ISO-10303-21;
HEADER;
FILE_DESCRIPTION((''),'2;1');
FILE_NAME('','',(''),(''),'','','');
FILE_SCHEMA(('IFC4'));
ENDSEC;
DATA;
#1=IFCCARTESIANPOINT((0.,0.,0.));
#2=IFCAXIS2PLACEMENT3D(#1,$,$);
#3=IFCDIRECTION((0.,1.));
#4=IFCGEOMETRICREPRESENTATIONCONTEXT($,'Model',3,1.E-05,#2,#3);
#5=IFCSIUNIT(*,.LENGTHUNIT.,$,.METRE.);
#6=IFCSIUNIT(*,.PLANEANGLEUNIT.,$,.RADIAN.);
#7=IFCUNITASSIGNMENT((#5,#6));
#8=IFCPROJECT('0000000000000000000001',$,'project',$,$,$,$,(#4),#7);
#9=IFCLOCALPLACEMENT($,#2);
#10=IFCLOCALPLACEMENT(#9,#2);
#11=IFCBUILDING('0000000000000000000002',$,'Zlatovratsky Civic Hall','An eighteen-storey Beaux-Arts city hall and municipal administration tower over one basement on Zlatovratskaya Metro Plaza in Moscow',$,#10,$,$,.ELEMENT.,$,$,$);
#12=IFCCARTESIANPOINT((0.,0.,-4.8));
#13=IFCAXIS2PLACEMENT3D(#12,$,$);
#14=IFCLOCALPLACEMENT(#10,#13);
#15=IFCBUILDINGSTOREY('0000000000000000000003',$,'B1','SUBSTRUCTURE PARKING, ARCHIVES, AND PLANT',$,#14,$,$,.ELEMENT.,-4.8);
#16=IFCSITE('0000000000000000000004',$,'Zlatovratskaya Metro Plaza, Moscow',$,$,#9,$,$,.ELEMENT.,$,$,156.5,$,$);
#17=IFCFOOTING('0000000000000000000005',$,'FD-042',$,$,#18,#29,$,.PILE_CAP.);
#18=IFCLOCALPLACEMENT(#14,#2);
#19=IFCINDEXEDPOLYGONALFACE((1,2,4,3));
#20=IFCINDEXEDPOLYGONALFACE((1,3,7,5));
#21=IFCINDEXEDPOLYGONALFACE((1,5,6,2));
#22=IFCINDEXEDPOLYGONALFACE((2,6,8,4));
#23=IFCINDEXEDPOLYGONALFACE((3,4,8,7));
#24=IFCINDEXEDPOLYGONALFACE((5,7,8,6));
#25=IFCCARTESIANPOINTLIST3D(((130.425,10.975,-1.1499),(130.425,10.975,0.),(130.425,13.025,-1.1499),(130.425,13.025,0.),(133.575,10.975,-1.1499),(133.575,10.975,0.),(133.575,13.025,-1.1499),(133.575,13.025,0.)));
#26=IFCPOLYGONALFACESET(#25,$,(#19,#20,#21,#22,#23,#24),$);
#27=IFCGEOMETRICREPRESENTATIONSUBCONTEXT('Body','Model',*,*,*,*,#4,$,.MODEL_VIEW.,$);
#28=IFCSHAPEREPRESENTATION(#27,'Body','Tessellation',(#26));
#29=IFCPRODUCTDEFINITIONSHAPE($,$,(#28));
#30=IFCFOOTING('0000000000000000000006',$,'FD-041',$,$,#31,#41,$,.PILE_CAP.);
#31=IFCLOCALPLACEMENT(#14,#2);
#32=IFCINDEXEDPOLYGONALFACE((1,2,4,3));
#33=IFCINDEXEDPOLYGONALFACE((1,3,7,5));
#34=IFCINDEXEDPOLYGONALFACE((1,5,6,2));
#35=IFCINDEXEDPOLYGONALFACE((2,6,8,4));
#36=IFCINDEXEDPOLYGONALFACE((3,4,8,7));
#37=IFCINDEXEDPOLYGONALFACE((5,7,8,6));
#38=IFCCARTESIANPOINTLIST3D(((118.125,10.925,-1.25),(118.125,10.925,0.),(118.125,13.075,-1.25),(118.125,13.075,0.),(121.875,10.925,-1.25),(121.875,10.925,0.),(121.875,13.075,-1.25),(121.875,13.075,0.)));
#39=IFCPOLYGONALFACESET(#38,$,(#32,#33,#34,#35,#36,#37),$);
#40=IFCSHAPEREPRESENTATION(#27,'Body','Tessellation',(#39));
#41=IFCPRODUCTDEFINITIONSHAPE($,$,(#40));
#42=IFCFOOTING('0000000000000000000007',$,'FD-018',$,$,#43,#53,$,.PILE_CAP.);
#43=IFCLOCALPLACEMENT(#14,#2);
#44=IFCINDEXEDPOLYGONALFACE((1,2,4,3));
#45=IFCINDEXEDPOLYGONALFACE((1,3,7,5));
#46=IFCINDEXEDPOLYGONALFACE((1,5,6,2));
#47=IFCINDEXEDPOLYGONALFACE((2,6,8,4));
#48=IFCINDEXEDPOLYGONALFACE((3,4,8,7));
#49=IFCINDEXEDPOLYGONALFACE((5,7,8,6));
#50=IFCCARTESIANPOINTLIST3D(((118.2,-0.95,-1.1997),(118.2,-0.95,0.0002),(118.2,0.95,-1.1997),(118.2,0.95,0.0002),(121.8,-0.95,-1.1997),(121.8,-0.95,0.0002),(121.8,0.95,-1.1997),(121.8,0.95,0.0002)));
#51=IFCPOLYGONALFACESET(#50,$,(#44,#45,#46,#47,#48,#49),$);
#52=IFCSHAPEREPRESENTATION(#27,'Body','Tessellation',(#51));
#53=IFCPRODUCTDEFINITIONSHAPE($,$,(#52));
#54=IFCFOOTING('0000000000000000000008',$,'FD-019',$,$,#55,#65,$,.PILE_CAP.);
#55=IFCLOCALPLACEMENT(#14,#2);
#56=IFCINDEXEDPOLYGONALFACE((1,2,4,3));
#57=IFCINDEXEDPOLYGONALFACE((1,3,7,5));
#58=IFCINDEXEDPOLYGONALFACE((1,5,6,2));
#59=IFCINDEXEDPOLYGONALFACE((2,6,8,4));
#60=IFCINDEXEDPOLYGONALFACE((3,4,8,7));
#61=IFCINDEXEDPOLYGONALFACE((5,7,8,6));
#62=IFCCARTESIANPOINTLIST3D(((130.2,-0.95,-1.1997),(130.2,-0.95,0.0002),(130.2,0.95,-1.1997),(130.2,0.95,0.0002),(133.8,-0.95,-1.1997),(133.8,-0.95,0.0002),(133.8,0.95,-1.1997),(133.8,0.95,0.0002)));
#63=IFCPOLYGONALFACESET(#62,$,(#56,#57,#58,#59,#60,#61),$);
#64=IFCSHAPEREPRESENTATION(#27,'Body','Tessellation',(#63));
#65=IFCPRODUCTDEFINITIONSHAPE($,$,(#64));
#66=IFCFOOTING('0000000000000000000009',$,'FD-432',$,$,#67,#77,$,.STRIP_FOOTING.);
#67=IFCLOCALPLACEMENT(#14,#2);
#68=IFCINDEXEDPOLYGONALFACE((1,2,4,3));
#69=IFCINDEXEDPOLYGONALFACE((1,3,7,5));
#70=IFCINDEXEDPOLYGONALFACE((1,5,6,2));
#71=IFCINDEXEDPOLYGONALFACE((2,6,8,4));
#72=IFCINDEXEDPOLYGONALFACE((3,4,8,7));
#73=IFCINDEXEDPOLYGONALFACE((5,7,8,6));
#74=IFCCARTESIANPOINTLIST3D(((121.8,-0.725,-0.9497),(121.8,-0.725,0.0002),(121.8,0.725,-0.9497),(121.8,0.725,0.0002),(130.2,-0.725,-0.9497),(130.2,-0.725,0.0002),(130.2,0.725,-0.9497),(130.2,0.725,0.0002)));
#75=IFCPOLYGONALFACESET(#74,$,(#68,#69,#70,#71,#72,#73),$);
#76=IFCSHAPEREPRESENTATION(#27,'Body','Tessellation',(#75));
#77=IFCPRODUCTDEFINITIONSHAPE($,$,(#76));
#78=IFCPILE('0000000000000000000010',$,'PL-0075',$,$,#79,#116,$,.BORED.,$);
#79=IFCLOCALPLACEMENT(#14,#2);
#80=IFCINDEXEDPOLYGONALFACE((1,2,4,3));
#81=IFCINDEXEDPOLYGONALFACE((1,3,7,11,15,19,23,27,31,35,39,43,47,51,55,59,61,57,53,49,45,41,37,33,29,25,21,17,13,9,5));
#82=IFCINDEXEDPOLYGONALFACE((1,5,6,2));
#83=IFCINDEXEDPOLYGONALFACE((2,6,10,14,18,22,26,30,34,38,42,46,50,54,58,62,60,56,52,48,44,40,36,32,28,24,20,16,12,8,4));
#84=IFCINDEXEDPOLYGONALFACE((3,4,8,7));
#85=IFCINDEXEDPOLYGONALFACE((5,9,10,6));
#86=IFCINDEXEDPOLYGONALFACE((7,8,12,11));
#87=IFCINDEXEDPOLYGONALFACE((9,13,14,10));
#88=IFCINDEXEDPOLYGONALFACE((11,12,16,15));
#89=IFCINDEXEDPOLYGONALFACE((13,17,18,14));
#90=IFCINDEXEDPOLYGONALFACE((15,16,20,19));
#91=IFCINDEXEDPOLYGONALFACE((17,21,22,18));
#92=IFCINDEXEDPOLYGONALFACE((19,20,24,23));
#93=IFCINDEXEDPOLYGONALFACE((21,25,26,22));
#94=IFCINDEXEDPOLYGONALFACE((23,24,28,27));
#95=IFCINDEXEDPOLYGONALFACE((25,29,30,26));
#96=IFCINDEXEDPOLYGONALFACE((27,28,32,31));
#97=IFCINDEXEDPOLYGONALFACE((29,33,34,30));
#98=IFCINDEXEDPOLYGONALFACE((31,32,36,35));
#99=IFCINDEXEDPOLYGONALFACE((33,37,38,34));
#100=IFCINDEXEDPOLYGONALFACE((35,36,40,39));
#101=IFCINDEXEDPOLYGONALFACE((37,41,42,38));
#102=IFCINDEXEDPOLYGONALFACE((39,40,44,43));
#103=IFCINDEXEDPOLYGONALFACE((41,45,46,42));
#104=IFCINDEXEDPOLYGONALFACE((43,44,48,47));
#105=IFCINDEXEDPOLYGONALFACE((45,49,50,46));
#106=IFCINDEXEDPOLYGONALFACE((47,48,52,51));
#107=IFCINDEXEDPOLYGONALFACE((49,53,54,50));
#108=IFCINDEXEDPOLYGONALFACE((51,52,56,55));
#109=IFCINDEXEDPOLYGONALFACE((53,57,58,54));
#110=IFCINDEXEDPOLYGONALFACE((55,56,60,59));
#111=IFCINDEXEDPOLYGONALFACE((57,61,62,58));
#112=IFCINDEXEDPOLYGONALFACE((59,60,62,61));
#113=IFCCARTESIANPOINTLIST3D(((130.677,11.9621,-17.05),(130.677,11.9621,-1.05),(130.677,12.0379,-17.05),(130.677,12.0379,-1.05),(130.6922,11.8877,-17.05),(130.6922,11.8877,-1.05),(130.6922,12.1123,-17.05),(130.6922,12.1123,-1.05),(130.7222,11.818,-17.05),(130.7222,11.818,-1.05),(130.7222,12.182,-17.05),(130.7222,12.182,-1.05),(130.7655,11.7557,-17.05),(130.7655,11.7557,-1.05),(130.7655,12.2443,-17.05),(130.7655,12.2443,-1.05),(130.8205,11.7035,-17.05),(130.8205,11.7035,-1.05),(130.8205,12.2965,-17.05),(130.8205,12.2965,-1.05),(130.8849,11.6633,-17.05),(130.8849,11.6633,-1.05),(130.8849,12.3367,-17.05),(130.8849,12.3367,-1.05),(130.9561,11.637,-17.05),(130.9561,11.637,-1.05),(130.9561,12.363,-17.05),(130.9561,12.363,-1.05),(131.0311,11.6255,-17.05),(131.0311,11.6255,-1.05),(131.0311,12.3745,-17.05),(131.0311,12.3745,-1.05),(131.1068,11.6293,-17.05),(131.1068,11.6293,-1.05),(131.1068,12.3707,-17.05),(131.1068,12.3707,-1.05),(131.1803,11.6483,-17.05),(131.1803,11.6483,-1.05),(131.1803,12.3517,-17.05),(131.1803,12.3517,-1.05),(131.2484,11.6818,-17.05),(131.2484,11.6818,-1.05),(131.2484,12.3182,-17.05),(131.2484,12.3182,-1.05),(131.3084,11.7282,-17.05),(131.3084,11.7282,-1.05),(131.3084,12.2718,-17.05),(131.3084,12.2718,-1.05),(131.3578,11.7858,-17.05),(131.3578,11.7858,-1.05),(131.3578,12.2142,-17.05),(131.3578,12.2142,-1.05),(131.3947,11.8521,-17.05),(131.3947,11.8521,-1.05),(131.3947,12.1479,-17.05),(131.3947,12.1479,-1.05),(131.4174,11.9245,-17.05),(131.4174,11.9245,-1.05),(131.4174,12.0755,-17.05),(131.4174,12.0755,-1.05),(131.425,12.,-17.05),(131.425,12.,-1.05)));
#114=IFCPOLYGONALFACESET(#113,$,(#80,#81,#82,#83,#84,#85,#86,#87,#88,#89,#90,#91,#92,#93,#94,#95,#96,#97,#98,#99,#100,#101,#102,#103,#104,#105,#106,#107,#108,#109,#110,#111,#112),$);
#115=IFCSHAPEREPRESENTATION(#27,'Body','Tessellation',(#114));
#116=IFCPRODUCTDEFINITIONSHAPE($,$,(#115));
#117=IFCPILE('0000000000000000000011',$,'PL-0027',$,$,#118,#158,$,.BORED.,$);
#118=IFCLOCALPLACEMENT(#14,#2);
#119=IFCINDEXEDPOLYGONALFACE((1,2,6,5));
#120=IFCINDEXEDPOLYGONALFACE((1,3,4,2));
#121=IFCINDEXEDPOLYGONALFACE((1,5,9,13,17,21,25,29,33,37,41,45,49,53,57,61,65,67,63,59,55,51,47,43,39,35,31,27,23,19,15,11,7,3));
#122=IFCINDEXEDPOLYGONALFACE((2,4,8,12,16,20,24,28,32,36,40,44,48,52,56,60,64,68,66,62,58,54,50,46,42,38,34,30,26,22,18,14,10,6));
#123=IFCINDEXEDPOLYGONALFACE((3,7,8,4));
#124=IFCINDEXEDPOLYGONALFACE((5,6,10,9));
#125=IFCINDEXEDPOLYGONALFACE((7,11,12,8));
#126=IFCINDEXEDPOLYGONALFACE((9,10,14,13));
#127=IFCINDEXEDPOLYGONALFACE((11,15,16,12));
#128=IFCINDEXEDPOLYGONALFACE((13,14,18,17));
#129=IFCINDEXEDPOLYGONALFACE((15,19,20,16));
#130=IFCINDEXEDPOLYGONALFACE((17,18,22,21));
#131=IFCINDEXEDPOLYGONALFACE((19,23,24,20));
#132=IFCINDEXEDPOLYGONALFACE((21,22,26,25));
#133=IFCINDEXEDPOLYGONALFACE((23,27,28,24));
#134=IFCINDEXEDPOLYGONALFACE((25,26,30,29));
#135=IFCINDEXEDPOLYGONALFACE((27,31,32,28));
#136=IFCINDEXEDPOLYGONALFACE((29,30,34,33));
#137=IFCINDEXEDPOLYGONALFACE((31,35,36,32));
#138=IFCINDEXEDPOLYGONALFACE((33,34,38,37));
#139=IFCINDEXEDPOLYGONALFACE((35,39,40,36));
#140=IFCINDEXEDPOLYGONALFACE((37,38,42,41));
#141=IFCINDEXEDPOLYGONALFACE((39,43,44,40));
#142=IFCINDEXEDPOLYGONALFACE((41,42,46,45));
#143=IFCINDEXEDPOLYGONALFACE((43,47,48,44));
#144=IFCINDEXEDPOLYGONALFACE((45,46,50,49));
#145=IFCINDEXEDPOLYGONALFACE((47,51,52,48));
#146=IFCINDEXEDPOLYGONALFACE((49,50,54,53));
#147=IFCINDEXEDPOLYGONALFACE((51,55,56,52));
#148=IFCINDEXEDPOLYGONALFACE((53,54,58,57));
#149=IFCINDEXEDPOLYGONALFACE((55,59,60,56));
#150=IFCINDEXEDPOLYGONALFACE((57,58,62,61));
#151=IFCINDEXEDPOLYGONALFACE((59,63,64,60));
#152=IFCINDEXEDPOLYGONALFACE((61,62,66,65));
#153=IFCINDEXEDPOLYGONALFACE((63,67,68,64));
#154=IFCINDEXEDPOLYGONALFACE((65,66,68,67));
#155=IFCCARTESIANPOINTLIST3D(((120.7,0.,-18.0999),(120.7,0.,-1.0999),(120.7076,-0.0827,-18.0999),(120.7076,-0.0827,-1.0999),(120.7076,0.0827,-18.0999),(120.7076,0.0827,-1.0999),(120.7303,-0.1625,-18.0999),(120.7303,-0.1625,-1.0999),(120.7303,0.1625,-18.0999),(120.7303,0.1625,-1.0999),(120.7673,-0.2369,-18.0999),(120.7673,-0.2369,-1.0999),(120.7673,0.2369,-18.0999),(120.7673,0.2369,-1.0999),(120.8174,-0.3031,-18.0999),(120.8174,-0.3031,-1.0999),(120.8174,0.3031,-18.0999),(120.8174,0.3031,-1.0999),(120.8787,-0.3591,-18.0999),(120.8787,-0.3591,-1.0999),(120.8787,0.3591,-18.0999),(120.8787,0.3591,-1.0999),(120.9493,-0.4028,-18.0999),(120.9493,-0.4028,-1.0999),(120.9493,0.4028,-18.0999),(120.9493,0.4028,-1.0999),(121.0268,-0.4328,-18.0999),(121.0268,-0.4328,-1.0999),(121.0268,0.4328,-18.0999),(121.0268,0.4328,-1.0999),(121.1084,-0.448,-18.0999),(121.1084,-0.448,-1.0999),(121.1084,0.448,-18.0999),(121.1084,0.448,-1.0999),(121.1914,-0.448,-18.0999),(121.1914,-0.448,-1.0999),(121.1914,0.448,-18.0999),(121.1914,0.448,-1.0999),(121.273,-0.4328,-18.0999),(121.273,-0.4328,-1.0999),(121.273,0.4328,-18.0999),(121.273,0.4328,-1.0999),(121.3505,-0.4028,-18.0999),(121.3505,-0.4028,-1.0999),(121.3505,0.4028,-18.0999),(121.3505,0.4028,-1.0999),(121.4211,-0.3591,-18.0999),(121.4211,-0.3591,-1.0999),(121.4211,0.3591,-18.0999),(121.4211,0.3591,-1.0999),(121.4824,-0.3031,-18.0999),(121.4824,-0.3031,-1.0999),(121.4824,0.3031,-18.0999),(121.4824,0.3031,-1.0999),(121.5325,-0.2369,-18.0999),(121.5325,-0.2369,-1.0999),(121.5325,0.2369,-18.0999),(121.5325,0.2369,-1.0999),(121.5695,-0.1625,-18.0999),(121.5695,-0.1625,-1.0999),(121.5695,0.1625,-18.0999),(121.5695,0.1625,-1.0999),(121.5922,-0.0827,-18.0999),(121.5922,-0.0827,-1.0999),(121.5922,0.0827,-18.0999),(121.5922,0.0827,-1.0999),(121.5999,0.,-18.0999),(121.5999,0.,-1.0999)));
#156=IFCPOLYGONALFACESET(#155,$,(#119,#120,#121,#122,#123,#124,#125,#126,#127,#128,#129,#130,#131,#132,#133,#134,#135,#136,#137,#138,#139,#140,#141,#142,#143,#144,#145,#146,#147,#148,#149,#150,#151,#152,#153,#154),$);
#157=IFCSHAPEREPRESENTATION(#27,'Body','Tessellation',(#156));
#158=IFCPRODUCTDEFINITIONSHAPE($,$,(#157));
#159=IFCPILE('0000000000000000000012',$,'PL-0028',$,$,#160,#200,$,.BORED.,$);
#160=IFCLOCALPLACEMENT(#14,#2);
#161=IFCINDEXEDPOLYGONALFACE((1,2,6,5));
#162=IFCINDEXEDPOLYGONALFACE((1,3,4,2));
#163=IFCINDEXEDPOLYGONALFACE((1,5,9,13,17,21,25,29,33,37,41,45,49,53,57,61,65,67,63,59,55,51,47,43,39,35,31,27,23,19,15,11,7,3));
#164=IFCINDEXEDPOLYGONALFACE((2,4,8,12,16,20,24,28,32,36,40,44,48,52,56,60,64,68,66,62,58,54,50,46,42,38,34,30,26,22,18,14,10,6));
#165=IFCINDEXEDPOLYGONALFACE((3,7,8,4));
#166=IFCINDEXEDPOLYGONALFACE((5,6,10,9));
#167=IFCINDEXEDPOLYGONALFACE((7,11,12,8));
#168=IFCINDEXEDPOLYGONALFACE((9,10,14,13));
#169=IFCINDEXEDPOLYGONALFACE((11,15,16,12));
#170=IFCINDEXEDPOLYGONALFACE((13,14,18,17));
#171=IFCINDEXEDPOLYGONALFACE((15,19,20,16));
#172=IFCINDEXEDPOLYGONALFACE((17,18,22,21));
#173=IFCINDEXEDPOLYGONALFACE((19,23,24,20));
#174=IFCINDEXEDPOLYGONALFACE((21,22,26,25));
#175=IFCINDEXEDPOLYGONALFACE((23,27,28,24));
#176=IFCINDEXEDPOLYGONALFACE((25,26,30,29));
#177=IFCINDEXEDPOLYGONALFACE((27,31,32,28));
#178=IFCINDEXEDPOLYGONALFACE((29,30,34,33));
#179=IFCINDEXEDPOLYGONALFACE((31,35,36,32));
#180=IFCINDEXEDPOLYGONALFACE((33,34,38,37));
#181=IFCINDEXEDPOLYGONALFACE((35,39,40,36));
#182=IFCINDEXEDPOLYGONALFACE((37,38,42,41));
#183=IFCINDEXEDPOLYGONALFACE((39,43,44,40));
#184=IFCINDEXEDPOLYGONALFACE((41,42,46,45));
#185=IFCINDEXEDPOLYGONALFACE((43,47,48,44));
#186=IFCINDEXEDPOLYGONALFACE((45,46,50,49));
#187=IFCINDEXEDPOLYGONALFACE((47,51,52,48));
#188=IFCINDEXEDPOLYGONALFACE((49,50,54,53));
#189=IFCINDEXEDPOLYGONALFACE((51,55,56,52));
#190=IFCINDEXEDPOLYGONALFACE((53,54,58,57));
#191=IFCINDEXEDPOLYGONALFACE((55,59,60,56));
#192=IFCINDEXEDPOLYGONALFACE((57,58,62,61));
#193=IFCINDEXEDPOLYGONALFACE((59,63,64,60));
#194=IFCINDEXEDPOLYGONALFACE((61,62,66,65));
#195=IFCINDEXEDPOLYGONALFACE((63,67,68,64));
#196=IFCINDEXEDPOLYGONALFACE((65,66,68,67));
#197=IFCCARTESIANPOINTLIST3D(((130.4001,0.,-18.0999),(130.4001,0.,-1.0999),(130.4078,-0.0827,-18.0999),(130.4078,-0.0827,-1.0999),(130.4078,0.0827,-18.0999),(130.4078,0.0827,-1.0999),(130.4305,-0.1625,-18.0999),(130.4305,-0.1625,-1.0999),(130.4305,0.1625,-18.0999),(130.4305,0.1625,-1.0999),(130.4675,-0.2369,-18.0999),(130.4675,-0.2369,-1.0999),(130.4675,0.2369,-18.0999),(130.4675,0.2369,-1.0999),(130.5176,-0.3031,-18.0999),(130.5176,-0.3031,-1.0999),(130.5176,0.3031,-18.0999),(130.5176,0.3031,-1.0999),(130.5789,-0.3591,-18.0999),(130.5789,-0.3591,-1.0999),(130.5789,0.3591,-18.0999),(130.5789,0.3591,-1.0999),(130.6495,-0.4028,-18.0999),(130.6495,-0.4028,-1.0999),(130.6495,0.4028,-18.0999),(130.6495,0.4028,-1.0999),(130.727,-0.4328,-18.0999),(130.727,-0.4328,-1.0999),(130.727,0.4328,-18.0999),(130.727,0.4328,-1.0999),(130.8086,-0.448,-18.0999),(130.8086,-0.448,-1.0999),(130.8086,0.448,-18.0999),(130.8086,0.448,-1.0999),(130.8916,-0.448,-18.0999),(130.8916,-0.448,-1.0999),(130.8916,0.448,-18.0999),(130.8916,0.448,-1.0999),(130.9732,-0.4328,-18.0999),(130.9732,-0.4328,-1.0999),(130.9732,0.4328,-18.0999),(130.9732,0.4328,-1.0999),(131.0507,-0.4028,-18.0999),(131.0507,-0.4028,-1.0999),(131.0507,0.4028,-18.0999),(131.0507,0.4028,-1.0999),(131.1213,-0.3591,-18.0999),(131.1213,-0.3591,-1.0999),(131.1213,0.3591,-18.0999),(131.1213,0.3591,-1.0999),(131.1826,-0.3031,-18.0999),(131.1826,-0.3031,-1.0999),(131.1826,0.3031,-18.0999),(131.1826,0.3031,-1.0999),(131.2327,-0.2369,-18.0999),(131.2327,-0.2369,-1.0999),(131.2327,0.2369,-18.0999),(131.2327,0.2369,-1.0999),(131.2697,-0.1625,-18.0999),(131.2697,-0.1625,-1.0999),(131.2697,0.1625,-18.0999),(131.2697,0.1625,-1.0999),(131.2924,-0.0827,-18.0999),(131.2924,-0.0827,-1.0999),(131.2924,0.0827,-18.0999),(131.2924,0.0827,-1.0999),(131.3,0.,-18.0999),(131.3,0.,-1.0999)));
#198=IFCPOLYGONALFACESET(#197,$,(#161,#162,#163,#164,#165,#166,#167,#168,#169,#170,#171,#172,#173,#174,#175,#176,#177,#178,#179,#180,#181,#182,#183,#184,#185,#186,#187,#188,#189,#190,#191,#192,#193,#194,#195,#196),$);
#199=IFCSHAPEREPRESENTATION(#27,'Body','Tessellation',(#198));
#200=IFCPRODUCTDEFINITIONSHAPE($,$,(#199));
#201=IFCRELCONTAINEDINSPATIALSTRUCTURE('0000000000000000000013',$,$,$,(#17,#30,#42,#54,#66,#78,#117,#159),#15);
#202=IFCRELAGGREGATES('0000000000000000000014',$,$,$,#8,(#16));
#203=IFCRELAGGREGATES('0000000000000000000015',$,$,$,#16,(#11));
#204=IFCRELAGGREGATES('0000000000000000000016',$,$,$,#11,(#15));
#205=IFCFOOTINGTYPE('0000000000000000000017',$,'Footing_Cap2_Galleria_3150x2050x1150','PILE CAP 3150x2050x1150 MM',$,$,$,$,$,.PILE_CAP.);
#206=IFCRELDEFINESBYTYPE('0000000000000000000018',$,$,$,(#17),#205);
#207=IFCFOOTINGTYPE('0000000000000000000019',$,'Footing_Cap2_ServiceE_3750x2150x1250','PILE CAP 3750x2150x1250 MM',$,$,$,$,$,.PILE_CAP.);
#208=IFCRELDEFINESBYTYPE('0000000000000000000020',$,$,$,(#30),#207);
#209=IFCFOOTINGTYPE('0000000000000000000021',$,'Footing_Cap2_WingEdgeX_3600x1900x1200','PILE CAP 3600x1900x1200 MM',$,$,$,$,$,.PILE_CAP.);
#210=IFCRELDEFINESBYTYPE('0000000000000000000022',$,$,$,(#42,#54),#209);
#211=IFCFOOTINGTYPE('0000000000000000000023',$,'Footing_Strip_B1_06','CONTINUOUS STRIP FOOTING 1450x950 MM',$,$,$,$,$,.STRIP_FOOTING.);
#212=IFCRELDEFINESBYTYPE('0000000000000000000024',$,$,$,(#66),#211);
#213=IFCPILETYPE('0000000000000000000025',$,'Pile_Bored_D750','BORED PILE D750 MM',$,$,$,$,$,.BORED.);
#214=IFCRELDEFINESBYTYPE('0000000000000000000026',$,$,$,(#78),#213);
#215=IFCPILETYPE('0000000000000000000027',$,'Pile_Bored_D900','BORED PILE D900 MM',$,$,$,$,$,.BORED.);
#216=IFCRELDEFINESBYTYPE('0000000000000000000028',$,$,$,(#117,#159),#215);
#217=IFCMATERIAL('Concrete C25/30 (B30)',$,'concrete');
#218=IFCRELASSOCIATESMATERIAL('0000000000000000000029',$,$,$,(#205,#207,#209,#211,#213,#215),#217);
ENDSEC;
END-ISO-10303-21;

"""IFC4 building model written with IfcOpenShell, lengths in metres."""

from ifc_helpers import new_model, si_unit, direction, frame, origin, origin_2d, place, context, subcontext, project, spatial, rectangle, circle, extrude, material, material_profile, profile_set, type_object, element, save


model = new_model("IFC4")

# Units and contexts
model_context = context("Model", 3, precision=1e-05, world=origin(), true_north=direction((0.0, 1.0)))
body_context = subcontext(model_context, "Body", "Model", "MODEL_VIEW")
ifc_project = project(units=[si_unit("LENGTHUNIT", "METRE"), si_unit("PLANEANGLEUNIT", "RADIAN")], contexts=[model_context])

# Site, building, storey
site_placement = place(None, origin())
site = spatial("IfcSite", under=ifc_project, at=site_placement, Name="Zlatovratskaya Metro Plaza, Moscow", CompositionType="ELEMENT", RefElevation=156.5)
building_placement = place(site_placement, origin())
building = spatial("IfcBuilding", under=site, at=building_placement, Name="Zlatovratsky Civic Hall", Description="An eighteen-storey Beaux-Arts city hall and municipal administration tower over one basement on Zlatovratskaya Metro Plaza in Moscow", CompositionType="ELEMENT")
storey_placement = place(building_placement, frame((0.0, 0.0, -4.8)))
storey = spatial("IfcBuildingStorey", under=building, at=storey_placement, Name="B1", Description="SUBSTRUCTURE PARKING, ARCHIVES, AND PLANT", CompositionType="ELEMENT", Elevation=-4.8)

# Footings
ifc_material_1 = material(Name="Concrete C25/30 (B30)", Category="concrete")
footing_type_1 = type_object("IfcFootingType", Name="Footing_Cap2_Galleria_3150x2050x1150", Description="PILE CAP 3150x2050x1150 MM", PredefinedType="PILE_CAP", material=ifc_material_1)
footing_1_placement = place(storey_placement, frame((132.0, 12.0, -1.1499), z_axis=(0.0, 0.0, 1.0), x_axis=(1.0, 0.0, 0.0)))
element("IfcFooting", 1, at=footing_1_placement, inside=storey, type_object=footing_type_1, Name="FD-042", PredefinedType="PILE_CAP", context=body_context, shape_type="SweptSolid", body=[
    extrude(rectangle(XDim=3.1499, YDim=2.05, at=origin_2d()), origin(), (0.0, 0.0, 1.0), 1.1499),
])
footing_type_2 = type_object("IfcFootingType", Name="Footing_Cap2_ServiceE_3750x2150x1250", Description="PILE CAP 3750x2150x1250 MM", PredefinedType="PILE_CAP", material=ifc_material_1)
footing_2_placement = place(storey_placement, frame((120.0, 12.0, -1.25), z_axis=(0.0, 0.0, 1.0), x_axis=(1.0, 0.0, 0.0)))
element("IfcFooting", 2, at=footing_2_placement, inside=storey, type_object=footing_type_2, Name="FD-041", PredefinedType="PILE_CAP", context=body_context, shape_type="SweptSolid", body=[
    extrude(rectangle(XDim=3.75, YDim=2.1499, at=origin_2d()), origin(), (0.0, 0.0, 1.0), 1.25),
])
footing_type_3 = type_object("IfcFootingType", Name="Footing_Cap2_WingEdgeX_3600x1900x1200", Description="PILE CAP 3600x1900x1200 MM", PredefinedType="PILE_CAP", material=ifc_material_1)
for number, where, z_axis, x_axis, name in (
    (3, (120.0, 0.0, -1.1997), (0.0, 0.0, 1.0), (1.0, 0.0, 0.0), "FD-018"),
    (4, (132.0, 0.0, -1.1997), (0.0, 0.0, 1.0), (1.0, 0.0, 0.0), "FD-019"),
):
    element("IfcFooting", number, at=place(storey_placement, frame(where, z_axis=z_axis, x_axis=x_axis)), inside=storey, type_object=footing_type_3, Name=name, PredefinedType="PILE_CAP", context=body_context, shape_type="SweptSolid", body=[
        extrude(rectangle(XDim=3.6001, YDim=1.8999, at=origin_2d()), origin(), (0.0, 0.0, 1.0), 1.2),
    ])
footing_type_4 = type_object("IfcFootingType", Name="Footing_Strip_B1_06", Description="CONTINUOUS STRIP FOOTING 1450x950 MM", PredefinedType="STRIP_FOOTING", material=ifc_material_1)
footing_3_placement = place(storey_placement, frame((126.0, 0.0, -0.9497), z_axis=(0.0, 0.0, 1.0), x_axis=(1.0, 0.0, 0.0)))
element("IfcFooting", 5, at=footing_3_placement, inside=storey, type_object=footing_type_4, Name="FD-432", PredefinedType="STRIP_FOOTING", context=body_context, shape_type="SweptSolid", body=[
    extrude(rectangle(XDim=8.3999, YDim=1.45, at=origin_2d()), origin(), (0.0, 0.0, 1.0), 0.95),
])

# Piles
ifc_material_profile_1 = material_profile(ifc_material_1, circle(Radius=0.375, at=origin_2d()), Name="PILE D750")
ifc_profile_set_1 = profile_set([ifc_material_profile_1], Name="Concrete C25/30 (B30)")
pile_type_1 = type_object("IfcPileType", Name="Pile_Bored_D750", Description="BORED PILE D750 MM", PredefinedType="BORED", material=ifc_profile_set_1)
pile_placement = place(storey_placement, frame((131.05, 12.0, -1.05), z_axis=(0.0, 0.0, -1.0), x_axis=(1.0, 0.0, 0.0)))
element("IfcPile", 6, at=pile_placement, inside=storey, type_object=pile_type_1, Name="PL-0075", PredefinedType="BORED", context=body_context, shape_type="SweptSolid", body=[
    extrude(circle(Radius=0.375, at=origin_2d()), origin(), (0.0, 0.0, 1.0), 16.0),
])
ifc_material_profile_2 = material_profile(ifc_material_1, circle(Radius=0.45, at=origin_2d()), Name="PILE D900")
ifc_profile_set_2 = profile_set([ifc_material_profile_2], Name="Concrete C25/30 (B30)")
pile_type_2 = type_object("IfcPileType", Name="Pile_Bored_D900", Description="BORED PILE D900 MM", PredefinedType="BORED", material=ifc_profile_set_2)
for number, where, z_axis, x_axis, name in (
    (7, (121.1499, 0.0, -1.0999), (0.0, 0.0, -1.0), (1.0, 0.0, 0.0), "PL-0027"),
    (8, (130.8501, 0.0, -1.0999), (0.0, 0.0, -1.0), (1.0, 0.0, 0.0), "PL-0028"),
):
    element("IfcPile", number, at=place(storey_placement, frame(where, z_axis=z_axis, x_axis=x_axis)), inside=storey, type_object=pile_type_2, Name=name, PredefinedType="BORED", context=body_context, shape_type="SweptSolid", body=[
        extrude(circle(Radius=0.45, at=origin_2d()), origin(), (0.0, 0.0, 1.0), 17.0),
    ])

save(model, "model.ifc")
